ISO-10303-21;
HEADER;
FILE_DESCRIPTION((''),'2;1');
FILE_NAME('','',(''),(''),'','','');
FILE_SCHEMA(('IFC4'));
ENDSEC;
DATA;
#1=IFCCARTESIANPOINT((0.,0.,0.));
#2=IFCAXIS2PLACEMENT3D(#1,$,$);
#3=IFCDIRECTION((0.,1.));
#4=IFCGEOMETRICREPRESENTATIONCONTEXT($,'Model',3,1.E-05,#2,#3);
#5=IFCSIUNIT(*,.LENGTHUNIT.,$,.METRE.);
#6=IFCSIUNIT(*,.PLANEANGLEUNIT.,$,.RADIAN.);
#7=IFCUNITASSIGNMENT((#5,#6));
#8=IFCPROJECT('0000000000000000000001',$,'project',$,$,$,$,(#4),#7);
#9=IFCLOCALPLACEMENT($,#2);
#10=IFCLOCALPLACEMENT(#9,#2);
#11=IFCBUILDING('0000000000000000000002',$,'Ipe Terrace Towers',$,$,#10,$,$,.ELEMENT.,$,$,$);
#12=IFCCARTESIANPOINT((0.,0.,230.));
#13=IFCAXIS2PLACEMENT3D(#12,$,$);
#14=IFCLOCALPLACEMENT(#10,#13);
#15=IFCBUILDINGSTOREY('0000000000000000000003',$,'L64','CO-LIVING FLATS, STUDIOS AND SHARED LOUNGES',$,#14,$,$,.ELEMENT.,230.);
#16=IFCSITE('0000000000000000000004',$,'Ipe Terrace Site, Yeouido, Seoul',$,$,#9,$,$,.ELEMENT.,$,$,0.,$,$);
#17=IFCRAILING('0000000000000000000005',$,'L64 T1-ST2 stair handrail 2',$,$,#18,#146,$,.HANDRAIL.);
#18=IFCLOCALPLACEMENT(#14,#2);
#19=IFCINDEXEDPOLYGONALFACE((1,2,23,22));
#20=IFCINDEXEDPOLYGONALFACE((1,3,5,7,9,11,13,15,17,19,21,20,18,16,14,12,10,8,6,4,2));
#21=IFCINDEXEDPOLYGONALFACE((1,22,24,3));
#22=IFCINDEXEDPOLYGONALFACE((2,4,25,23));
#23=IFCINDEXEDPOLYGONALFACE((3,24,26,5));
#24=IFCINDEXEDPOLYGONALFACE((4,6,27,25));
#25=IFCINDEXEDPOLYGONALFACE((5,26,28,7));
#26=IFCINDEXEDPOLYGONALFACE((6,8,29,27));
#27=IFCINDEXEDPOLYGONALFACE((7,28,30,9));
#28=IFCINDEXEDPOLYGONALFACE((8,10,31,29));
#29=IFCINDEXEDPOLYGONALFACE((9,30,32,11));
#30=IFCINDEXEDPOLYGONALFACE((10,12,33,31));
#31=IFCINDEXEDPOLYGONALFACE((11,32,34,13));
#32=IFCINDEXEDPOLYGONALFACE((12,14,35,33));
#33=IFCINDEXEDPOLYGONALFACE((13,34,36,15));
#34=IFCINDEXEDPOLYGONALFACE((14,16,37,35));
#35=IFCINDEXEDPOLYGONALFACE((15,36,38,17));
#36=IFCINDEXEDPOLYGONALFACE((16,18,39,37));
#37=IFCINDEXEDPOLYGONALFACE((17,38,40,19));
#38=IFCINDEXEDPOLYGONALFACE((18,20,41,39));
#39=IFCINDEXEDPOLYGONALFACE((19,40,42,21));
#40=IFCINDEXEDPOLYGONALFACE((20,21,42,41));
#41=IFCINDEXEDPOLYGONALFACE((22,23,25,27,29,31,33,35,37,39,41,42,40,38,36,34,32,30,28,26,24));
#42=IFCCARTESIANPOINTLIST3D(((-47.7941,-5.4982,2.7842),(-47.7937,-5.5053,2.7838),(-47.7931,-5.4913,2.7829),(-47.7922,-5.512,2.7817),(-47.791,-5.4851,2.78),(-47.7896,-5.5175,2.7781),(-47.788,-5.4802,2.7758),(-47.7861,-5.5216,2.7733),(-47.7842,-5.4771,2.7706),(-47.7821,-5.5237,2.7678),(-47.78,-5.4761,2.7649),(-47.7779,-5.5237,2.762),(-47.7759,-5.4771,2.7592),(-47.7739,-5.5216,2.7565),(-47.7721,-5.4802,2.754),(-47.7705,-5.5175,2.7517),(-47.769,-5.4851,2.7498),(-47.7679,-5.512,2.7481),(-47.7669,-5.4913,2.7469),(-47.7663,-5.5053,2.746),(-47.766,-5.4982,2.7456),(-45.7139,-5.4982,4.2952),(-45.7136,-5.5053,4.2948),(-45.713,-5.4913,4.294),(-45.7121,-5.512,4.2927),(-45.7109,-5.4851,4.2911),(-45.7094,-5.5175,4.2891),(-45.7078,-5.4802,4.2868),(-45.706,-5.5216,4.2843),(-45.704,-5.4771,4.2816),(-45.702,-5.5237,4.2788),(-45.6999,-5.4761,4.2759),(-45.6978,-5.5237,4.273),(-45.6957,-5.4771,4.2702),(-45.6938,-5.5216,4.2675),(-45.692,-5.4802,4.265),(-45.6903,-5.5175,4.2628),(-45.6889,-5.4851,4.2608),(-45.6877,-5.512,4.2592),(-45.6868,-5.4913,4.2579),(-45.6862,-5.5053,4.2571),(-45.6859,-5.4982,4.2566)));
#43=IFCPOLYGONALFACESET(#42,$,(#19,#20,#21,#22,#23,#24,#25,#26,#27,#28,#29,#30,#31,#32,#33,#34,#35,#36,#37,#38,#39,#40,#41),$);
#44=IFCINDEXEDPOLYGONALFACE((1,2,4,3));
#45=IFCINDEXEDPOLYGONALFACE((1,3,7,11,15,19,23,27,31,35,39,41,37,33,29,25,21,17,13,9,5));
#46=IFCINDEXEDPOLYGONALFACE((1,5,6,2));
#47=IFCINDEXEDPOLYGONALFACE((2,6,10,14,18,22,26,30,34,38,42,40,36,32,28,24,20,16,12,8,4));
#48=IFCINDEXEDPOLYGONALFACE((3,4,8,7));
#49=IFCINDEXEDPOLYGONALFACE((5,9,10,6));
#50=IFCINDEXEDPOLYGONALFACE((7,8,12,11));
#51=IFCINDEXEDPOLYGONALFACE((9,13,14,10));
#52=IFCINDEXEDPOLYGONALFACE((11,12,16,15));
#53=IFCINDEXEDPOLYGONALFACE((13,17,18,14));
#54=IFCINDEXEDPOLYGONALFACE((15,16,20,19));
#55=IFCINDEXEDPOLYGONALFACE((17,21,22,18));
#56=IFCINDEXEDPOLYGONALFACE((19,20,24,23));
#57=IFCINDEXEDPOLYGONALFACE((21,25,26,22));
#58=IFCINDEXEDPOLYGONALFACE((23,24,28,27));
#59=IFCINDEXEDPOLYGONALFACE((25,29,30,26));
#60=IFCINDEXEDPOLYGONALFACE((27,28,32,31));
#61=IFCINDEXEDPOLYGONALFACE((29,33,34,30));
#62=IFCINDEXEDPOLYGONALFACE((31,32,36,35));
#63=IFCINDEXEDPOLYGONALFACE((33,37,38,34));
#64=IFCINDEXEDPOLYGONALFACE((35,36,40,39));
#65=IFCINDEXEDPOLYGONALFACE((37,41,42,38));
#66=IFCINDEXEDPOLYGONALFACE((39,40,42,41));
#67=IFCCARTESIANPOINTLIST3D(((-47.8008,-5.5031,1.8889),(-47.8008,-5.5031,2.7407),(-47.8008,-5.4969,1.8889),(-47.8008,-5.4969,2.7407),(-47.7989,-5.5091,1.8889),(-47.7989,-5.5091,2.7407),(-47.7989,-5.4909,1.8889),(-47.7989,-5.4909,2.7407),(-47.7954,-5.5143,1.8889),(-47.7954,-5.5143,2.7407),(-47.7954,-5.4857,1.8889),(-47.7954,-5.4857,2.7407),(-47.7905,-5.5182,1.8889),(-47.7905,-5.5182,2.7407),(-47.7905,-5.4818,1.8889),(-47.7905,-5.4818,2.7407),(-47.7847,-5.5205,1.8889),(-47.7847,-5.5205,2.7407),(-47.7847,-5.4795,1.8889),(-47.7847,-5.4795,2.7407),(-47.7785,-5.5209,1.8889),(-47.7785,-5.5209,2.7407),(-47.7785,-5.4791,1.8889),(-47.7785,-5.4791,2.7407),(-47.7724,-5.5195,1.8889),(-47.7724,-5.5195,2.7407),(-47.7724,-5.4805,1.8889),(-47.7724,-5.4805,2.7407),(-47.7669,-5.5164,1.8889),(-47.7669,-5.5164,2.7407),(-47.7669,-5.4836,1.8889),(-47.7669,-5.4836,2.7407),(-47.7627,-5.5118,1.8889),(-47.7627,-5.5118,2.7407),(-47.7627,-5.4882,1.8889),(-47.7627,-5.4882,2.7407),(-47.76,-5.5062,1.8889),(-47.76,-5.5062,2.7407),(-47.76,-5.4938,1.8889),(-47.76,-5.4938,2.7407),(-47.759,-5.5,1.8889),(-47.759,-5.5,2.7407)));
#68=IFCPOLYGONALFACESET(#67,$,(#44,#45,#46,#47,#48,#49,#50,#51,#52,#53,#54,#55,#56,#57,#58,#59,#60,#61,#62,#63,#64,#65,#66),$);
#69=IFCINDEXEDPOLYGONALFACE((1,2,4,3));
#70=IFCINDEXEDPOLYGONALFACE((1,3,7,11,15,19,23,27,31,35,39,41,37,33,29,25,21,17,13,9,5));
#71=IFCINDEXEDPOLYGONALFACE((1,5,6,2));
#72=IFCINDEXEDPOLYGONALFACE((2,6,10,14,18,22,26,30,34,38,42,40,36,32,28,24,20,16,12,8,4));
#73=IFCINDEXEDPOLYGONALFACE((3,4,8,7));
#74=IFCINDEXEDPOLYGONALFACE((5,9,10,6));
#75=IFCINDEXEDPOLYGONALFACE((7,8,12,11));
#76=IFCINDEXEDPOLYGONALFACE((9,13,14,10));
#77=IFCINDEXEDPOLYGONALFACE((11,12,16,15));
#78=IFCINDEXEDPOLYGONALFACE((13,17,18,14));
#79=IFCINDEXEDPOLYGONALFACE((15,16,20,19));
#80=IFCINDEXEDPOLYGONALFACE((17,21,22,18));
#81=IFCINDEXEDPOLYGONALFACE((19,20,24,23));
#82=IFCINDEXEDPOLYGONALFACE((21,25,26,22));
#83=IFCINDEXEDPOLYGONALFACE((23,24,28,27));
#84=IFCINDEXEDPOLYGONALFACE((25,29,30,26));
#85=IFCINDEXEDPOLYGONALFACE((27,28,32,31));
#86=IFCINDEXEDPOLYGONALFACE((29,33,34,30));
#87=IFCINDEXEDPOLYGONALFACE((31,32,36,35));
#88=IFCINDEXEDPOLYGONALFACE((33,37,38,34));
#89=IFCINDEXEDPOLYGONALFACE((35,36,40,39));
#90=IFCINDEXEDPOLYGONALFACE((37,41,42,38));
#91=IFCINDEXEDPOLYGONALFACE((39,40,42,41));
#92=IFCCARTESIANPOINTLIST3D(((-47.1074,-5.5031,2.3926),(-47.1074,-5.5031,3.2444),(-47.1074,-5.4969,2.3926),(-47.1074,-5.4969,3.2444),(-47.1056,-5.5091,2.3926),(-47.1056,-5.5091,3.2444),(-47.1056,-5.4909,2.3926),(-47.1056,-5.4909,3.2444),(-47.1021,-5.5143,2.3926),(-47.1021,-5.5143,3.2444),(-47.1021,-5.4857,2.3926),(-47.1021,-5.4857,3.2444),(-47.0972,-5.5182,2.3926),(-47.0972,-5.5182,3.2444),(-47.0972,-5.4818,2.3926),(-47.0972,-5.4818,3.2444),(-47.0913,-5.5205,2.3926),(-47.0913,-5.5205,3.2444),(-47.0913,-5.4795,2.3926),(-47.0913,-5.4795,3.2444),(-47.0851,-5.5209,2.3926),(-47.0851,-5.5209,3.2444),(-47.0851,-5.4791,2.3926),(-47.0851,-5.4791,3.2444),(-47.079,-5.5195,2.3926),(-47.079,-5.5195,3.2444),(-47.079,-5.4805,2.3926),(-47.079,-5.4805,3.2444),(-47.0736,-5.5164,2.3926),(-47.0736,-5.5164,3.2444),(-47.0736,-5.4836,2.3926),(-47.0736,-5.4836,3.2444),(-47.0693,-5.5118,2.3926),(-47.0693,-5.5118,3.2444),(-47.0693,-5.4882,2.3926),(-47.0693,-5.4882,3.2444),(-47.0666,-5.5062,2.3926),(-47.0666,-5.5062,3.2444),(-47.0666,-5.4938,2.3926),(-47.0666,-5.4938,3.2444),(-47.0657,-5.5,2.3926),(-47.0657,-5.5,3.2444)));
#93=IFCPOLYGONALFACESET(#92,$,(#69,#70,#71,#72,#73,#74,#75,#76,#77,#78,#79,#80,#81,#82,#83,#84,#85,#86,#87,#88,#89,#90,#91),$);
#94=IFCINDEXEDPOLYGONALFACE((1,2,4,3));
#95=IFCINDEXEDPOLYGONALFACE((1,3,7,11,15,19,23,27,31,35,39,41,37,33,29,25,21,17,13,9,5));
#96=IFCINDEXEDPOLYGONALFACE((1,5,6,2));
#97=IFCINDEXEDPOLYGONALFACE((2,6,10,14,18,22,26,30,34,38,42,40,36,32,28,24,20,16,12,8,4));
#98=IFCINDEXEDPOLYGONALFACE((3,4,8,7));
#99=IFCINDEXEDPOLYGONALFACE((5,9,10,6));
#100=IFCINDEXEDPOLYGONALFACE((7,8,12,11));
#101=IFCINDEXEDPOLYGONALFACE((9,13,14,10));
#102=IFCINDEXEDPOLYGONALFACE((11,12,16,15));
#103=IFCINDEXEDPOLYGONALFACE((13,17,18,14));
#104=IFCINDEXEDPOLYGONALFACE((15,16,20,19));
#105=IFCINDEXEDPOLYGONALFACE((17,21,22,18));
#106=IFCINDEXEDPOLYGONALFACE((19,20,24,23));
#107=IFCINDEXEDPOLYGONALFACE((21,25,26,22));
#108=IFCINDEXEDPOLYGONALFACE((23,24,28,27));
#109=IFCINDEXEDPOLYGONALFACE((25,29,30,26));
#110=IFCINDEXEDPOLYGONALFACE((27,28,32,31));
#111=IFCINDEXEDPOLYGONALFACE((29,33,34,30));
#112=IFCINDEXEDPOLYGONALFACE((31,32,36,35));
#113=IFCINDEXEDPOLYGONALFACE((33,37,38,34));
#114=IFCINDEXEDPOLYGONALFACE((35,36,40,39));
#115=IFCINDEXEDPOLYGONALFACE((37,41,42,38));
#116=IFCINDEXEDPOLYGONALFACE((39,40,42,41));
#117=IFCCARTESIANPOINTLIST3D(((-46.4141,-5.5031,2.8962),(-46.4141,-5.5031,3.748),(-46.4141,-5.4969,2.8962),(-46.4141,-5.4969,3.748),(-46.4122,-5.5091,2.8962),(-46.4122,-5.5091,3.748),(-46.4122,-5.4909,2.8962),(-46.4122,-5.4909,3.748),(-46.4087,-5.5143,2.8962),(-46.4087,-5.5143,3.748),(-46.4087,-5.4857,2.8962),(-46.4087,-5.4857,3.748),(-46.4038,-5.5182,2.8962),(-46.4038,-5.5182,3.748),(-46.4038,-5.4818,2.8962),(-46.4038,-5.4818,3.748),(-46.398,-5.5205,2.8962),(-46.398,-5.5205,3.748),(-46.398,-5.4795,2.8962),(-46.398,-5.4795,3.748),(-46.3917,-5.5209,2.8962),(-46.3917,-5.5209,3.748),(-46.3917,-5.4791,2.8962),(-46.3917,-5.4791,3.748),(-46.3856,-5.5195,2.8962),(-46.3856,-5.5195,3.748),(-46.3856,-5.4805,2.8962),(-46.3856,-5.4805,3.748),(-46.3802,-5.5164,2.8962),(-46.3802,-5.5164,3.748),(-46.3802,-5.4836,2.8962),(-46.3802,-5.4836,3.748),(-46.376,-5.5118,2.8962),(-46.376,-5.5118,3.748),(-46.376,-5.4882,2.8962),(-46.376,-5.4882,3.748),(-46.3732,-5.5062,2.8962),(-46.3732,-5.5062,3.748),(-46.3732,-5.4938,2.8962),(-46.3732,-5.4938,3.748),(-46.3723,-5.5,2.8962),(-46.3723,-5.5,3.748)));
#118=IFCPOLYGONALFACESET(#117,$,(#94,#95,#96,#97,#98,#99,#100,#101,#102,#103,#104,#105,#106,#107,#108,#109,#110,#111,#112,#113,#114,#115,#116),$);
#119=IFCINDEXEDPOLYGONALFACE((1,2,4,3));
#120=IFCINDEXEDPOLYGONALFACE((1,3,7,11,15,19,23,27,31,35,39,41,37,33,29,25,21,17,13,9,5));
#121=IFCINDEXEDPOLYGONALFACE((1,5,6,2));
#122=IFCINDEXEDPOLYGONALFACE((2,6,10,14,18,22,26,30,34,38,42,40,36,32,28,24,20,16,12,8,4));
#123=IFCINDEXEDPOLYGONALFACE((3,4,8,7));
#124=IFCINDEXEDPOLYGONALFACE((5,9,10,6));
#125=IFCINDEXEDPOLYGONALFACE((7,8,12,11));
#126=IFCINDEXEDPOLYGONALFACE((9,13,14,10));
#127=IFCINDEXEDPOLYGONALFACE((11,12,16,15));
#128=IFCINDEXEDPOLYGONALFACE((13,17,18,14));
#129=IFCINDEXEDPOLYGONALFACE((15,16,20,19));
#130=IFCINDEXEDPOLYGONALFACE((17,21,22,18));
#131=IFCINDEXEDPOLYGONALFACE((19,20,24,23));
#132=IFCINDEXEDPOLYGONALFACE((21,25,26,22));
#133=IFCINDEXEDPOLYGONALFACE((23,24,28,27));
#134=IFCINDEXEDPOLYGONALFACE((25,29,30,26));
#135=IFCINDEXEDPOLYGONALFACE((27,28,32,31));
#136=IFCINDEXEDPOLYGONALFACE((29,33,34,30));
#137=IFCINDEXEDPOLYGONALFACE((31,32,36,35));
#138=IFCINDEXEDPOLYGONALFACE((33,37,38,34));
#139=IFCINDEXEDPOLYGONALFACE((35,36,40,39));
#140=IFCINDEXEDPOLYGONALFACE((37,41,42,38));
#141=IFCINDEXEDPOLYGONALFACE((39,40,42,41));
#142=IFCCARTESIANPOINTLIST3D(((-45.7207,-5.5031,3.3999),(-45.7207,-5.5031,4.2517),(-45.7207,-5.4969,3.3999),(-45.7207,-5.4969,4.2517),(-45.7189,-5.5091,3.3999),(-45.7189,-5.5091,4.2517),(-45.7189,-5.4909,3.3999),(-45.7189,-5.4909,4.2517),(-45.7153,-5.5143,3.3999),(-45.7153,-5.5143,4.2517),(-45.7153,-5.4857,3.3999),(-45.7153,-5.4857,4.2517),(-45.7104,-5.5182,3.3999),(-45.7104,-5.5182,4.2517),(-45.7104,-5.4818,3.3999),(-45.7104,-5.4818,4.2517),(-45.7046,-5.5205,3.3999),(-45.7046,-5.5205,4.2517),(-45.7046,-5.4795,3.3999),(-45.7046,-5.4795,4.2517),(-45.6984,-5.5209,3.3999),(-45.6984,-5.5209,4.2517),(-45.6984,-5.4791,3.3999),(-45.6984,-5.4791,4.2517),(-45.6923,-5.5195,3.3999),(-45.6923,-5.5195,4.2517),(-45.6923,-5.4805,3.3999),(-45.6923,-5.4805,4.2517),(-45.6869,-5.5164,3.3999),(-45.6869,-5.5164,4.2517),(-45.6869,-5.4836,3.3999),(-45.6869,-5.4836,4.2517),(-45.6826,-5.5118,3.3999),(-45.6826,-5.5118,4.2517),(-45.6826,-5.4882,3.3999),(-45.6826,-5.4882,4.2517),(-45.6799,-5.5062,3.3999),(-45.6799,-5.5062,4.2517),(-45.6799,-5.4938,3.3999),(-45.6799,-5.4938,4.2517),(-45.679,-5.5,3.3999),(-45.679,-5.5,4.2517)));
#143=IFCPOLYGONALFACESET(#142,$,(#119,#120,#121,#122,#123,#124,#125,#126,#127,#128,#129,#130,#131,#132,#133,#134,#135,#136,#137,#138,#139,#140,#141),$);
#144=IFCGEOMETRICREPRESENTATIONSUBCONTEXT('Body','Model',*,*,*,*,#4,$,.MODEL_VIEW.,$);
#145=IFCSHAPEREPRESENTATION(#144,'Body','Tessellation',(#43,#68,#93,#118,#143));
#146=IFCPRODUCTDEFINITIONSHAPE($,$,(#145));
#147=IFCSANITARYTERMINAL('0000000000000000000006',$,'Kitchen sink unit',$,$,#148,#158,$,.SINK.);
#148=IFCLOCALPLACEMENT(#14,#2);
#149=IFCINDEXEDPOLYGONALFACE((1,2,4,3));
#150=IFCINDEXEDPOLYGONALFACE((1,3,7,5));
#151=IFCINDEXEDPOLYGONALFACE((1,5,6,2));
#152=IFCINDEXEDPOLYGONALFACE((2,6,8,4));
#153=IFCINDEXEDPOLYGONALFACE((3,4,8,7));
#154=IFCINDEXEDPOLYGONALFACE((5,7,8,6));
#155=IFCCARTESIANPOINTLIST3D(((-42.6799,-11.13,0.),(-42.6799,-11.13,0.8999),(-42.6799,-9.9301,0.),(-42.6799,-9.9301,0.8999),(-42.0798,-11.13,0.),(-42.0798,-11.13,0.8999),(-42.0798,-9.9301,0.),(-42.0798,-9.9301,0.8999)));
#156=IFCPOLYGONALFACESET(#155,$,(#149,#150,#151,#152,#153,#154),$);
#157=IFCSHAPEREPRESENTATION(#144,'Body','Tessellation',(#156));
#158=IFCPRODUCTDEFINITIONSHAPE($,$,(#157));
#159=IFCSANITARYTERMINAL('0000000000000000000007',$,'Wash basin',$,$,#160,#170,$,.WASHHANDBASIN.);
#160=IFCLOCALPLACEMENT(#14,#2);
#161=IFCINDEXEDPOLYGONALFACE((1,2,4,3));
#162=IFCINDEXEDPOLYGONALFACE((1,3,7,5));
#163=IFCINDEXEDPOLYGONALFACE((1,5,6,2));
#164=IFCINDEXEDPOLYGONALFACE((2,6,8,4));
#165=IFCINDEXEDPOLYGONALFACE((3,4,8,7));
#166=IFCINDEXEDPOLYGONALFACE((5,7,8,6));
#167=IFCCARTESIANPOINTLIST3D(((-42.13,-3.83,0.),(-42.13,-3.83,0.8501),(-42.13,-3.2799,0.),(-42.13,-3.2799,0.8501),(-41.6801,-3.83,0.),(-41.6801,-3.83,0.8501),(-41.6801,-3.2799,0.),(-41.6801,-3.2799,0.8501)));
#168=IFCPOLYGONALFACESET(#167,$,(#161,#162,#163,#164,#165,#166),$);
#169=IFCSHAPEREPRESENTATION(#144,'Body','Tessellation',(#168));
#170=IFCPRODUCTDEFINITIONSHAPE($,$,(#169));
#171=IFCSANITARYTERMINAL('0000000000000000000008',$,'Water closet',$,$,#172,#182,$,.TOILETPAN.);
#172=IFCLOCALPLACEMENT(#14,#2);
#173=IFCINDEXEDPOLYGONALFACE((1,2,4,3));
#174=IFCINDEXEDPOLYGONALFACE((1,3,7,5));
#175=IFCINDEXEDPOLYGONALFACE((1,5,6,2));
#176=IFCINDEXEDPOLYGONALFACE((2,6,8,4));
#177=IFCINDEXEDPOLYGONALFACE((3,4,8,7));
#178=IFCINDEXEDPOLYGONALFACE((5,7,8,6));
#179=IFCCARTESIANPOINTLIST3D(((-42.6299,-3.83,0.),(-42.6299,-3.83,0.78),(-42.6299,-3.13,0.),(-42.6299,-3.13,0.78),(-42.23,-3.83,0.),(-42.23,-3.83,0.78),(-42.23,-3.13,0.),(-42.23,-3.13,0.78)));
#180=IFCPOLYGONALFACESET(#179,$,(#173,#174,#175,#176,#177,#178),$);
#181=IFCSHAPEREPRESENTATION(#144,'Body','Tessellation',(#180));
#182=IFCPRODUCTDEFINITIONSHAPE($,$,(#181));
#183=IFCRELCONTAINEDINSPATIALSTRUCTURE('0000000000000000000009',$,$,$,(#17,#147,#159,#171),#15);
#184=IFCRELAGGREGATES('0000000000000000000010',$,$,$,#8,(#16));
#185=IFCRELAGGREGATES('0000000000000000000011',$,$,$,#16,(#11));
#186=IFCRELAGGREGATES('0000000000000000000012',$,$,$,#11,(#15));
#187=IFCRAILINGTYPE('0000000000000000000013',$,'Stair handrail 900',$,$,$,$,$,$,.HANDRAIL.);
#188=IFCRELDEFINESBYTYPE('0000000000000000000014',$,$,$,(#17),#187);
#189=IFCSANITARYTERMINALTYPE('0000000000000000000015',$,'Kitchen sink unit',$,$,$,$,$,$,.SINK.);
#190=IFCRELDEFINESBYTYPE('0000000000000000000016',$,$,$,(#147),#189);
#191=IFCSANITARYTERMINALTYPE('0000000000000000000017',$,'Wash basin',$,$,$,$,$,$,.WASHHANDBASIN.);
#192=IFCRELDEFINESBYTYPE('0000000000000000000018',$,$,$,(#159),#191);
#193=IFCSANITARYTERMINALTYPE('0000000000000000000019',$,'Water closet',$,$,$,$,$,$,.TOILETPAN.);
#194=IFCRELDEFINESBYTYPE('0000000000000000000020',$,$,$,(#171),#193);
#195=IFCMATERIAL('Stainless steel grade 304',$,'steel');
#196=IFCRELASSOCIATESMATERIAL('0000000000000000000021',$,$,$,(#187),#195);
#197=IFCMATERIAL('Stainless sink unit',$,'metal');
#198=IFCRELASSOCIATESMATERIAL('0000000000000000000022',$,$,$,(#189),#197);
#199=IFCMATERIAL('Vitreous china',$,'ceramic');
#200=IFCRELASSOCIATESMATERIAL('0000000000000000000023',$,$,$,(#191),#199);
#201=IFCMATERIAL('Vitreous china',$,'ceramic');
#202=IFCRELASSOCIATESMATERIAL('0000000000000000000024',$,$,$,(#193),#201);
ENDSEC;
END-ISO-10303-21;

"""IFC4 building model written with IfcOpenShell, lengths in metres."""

from ifc_helpers import new_model, si_unit, direction, frame, origin, origin_2d, place, context, subcontext, project, spatial, rectangle, circle, extrude, material, type_object, element, save


model = new_model("IFC4")

# Units and contexts
model_context = context("Model", 3, precision=1e-05, world=origin(), true_north=direction((0.0, 1.0)))
body_context = subcontext(model_context, "Body", "Model", "MODEL_VIEW")
ifc_project = project(units=[si_unit("LENGTHUNIT", "METRE"), si_unit("PLANEANGLEUNIT", "RADIAN")], contexts=[model_context])

# Site, building, storey
site_placement = place(None, origin())
site = spatial("IfcSite", under=ifc_project, at=site_placement, Name="Ipe Terrace Site, Yeouido, Seoul", CompositionType="ELEMENT", RefElevation=0.0)
building_placement = place(site_placement, origin())
building = spatial("IfcBuilding", under=site, at=building_placement, Name="Ipe Terrace Towers", CompositionType="ELEMENT")
storey_placement = place(building_placement, frame((0.0, 0.0, 230.0)))
storey = spatial("IfcBuildingStorey", under=building, at=storey_placement, Name="L64", Description="CO-LIVING FLATS, STUDIOS AND SHARED LOUNGES", CompositionType="ELEMENT", Elevation=230.0)

# Railing
ifc_material_1 = material(Name="Stainless steel grade 304", Category="steel")
railing_type_1 = type_object("IfcRailingType", Name="Stair handrail 900", PredefinedType="HANDRAIL", material=ifc_material_1)
railing_1_placement = place(storey_placement, frame((-47.78, -5.5, 1.8889)))
element("IfcRailing", 1, at=railing_1_placement, inside=storey, type_object=railing_type_1, Name="L64 T1-ST2 stair handrail 2", PredefinedType="HANDRAIL", context=body_context, shape_type="SweptSolid", body=[
    extrude(circle(Radius=0.0239, at=origin_2d()), frame((0.0, 0.0, 0.876), z_axis=(0.809069, 0.0, 0.587714), x_axis=(0.0, 1.0, 0.0)), (0.0, 0.0, 1.0), 2.571),
    extrude(circle(Radius=0.021, at=origin_2d()), origin(), (0.0, 0.0, 1.0), 0.8518),
    extrude(circle(Radius=0.021, at=origin_2d()), frame((0.6934, 0.0, 0.5037)), (0.0, 0.0, 1.0), 0.8518),
    extrude(circle(Radius=0.021, at=origin_2d()), frame((1.3867, 0.0, 1.0073)), (0.0, 0.0, 1.0), 0.8518),
    extrude(circle(Radius=0.021, at=origin_2d()), frame((2.0801, 0.0, 1.511)), (0.0, 0.0, 1.0), 0.8518),
])

# Sanitary terminals
ifc_material_2 = material(Name="Stainless sink unit", Category="metal")
sanitary_terminal_type_1 = type_object("IfcSanitaryTerminalType", Name="Kitchen sink unit", PredefinedType="SINK", material=ifc_material_2)
sanitary_terminal_1_placement = place(storey_placement, frame((-42.3799, -10.53, 0.0), z_axis=(0.0, 0.0, 1.0), x_axis=(0.0, 1.0, 0.0)))
element("IfcSanitaryTerminal", 2, at=sanitary_terminal_1_placement, inside=storey, type_object=sanitary_terminal_type_1, Name="Kitchen sink unit", PredefinedType="SINK", context=body_context, shape_type="SweptSolid", body=[
    extrude(rectangle(XDim=1.2, YDim=0.6001, at=origin_2d()), origin(), (0.0, 0.0, 1.0), 0.8999),
])
ifc_material_3 = material(Name="Vitreous china", Category="ceramic")
sanitary_terminal_type_2 = type_object("IfcSanitaryTerminalType", Name="Wash basin", PredefinedType="WASHHANDBASIN", material=ifc_material_3)
sanitary_terminal_2_placement = place(storey_placement, frame((-41.905, -3.5549, 0.0), z_axis=(0.0, 0.0, 1.0), x_axis=(0.0, 1.0, 0.0)))
element("IfcSanitaryTerminal", 3, at=sanitary_terminal_2_placement, inside=storey, type_object=sanitary_terminal_type_2, Name="Wash basin", PredefinedType="WASHHANDBASIN", context=body_context, shape_type="SweptSolid", body=[
    extrude(rectangle(XDim=0.55, YDim=0.45, at=origin_2d()), origin(), (0.0, 0.0, 1.0), 0.8501),
])
ifc_material_4 = material(Name="Vitreous china", Category="ceramic")
sanitary_terminal_type_3 = type_object("IfcSanitaryTerminalType", Name="Water closet", PredefinedType="TOILETPAN", material=ifc_material_4)
sanitary_terminal_3_placement = place(storey_placement, frame((-42.4299, -3.48, 0.0), z_axis=(0.0, 0.0, 1.0), x_axis=(0.0, 1.0, 0.0)))
element("IfcSanitaryTerminal", 4, at=sanitary_terminal_3_placement, inside=storey, type_object=sanitary_terminal_type_3, Name="Water closet", PredefinedType="TOILETPAN", context=body_context, shape_type="SweptSolid", body=[
    extrude(rectangle(XDim=0.7, YDim=0.3999, at=origin_2d()), origin(), (0.0, 0.0, 1.0), 0.78),
])

save(model, "model.ifc")
